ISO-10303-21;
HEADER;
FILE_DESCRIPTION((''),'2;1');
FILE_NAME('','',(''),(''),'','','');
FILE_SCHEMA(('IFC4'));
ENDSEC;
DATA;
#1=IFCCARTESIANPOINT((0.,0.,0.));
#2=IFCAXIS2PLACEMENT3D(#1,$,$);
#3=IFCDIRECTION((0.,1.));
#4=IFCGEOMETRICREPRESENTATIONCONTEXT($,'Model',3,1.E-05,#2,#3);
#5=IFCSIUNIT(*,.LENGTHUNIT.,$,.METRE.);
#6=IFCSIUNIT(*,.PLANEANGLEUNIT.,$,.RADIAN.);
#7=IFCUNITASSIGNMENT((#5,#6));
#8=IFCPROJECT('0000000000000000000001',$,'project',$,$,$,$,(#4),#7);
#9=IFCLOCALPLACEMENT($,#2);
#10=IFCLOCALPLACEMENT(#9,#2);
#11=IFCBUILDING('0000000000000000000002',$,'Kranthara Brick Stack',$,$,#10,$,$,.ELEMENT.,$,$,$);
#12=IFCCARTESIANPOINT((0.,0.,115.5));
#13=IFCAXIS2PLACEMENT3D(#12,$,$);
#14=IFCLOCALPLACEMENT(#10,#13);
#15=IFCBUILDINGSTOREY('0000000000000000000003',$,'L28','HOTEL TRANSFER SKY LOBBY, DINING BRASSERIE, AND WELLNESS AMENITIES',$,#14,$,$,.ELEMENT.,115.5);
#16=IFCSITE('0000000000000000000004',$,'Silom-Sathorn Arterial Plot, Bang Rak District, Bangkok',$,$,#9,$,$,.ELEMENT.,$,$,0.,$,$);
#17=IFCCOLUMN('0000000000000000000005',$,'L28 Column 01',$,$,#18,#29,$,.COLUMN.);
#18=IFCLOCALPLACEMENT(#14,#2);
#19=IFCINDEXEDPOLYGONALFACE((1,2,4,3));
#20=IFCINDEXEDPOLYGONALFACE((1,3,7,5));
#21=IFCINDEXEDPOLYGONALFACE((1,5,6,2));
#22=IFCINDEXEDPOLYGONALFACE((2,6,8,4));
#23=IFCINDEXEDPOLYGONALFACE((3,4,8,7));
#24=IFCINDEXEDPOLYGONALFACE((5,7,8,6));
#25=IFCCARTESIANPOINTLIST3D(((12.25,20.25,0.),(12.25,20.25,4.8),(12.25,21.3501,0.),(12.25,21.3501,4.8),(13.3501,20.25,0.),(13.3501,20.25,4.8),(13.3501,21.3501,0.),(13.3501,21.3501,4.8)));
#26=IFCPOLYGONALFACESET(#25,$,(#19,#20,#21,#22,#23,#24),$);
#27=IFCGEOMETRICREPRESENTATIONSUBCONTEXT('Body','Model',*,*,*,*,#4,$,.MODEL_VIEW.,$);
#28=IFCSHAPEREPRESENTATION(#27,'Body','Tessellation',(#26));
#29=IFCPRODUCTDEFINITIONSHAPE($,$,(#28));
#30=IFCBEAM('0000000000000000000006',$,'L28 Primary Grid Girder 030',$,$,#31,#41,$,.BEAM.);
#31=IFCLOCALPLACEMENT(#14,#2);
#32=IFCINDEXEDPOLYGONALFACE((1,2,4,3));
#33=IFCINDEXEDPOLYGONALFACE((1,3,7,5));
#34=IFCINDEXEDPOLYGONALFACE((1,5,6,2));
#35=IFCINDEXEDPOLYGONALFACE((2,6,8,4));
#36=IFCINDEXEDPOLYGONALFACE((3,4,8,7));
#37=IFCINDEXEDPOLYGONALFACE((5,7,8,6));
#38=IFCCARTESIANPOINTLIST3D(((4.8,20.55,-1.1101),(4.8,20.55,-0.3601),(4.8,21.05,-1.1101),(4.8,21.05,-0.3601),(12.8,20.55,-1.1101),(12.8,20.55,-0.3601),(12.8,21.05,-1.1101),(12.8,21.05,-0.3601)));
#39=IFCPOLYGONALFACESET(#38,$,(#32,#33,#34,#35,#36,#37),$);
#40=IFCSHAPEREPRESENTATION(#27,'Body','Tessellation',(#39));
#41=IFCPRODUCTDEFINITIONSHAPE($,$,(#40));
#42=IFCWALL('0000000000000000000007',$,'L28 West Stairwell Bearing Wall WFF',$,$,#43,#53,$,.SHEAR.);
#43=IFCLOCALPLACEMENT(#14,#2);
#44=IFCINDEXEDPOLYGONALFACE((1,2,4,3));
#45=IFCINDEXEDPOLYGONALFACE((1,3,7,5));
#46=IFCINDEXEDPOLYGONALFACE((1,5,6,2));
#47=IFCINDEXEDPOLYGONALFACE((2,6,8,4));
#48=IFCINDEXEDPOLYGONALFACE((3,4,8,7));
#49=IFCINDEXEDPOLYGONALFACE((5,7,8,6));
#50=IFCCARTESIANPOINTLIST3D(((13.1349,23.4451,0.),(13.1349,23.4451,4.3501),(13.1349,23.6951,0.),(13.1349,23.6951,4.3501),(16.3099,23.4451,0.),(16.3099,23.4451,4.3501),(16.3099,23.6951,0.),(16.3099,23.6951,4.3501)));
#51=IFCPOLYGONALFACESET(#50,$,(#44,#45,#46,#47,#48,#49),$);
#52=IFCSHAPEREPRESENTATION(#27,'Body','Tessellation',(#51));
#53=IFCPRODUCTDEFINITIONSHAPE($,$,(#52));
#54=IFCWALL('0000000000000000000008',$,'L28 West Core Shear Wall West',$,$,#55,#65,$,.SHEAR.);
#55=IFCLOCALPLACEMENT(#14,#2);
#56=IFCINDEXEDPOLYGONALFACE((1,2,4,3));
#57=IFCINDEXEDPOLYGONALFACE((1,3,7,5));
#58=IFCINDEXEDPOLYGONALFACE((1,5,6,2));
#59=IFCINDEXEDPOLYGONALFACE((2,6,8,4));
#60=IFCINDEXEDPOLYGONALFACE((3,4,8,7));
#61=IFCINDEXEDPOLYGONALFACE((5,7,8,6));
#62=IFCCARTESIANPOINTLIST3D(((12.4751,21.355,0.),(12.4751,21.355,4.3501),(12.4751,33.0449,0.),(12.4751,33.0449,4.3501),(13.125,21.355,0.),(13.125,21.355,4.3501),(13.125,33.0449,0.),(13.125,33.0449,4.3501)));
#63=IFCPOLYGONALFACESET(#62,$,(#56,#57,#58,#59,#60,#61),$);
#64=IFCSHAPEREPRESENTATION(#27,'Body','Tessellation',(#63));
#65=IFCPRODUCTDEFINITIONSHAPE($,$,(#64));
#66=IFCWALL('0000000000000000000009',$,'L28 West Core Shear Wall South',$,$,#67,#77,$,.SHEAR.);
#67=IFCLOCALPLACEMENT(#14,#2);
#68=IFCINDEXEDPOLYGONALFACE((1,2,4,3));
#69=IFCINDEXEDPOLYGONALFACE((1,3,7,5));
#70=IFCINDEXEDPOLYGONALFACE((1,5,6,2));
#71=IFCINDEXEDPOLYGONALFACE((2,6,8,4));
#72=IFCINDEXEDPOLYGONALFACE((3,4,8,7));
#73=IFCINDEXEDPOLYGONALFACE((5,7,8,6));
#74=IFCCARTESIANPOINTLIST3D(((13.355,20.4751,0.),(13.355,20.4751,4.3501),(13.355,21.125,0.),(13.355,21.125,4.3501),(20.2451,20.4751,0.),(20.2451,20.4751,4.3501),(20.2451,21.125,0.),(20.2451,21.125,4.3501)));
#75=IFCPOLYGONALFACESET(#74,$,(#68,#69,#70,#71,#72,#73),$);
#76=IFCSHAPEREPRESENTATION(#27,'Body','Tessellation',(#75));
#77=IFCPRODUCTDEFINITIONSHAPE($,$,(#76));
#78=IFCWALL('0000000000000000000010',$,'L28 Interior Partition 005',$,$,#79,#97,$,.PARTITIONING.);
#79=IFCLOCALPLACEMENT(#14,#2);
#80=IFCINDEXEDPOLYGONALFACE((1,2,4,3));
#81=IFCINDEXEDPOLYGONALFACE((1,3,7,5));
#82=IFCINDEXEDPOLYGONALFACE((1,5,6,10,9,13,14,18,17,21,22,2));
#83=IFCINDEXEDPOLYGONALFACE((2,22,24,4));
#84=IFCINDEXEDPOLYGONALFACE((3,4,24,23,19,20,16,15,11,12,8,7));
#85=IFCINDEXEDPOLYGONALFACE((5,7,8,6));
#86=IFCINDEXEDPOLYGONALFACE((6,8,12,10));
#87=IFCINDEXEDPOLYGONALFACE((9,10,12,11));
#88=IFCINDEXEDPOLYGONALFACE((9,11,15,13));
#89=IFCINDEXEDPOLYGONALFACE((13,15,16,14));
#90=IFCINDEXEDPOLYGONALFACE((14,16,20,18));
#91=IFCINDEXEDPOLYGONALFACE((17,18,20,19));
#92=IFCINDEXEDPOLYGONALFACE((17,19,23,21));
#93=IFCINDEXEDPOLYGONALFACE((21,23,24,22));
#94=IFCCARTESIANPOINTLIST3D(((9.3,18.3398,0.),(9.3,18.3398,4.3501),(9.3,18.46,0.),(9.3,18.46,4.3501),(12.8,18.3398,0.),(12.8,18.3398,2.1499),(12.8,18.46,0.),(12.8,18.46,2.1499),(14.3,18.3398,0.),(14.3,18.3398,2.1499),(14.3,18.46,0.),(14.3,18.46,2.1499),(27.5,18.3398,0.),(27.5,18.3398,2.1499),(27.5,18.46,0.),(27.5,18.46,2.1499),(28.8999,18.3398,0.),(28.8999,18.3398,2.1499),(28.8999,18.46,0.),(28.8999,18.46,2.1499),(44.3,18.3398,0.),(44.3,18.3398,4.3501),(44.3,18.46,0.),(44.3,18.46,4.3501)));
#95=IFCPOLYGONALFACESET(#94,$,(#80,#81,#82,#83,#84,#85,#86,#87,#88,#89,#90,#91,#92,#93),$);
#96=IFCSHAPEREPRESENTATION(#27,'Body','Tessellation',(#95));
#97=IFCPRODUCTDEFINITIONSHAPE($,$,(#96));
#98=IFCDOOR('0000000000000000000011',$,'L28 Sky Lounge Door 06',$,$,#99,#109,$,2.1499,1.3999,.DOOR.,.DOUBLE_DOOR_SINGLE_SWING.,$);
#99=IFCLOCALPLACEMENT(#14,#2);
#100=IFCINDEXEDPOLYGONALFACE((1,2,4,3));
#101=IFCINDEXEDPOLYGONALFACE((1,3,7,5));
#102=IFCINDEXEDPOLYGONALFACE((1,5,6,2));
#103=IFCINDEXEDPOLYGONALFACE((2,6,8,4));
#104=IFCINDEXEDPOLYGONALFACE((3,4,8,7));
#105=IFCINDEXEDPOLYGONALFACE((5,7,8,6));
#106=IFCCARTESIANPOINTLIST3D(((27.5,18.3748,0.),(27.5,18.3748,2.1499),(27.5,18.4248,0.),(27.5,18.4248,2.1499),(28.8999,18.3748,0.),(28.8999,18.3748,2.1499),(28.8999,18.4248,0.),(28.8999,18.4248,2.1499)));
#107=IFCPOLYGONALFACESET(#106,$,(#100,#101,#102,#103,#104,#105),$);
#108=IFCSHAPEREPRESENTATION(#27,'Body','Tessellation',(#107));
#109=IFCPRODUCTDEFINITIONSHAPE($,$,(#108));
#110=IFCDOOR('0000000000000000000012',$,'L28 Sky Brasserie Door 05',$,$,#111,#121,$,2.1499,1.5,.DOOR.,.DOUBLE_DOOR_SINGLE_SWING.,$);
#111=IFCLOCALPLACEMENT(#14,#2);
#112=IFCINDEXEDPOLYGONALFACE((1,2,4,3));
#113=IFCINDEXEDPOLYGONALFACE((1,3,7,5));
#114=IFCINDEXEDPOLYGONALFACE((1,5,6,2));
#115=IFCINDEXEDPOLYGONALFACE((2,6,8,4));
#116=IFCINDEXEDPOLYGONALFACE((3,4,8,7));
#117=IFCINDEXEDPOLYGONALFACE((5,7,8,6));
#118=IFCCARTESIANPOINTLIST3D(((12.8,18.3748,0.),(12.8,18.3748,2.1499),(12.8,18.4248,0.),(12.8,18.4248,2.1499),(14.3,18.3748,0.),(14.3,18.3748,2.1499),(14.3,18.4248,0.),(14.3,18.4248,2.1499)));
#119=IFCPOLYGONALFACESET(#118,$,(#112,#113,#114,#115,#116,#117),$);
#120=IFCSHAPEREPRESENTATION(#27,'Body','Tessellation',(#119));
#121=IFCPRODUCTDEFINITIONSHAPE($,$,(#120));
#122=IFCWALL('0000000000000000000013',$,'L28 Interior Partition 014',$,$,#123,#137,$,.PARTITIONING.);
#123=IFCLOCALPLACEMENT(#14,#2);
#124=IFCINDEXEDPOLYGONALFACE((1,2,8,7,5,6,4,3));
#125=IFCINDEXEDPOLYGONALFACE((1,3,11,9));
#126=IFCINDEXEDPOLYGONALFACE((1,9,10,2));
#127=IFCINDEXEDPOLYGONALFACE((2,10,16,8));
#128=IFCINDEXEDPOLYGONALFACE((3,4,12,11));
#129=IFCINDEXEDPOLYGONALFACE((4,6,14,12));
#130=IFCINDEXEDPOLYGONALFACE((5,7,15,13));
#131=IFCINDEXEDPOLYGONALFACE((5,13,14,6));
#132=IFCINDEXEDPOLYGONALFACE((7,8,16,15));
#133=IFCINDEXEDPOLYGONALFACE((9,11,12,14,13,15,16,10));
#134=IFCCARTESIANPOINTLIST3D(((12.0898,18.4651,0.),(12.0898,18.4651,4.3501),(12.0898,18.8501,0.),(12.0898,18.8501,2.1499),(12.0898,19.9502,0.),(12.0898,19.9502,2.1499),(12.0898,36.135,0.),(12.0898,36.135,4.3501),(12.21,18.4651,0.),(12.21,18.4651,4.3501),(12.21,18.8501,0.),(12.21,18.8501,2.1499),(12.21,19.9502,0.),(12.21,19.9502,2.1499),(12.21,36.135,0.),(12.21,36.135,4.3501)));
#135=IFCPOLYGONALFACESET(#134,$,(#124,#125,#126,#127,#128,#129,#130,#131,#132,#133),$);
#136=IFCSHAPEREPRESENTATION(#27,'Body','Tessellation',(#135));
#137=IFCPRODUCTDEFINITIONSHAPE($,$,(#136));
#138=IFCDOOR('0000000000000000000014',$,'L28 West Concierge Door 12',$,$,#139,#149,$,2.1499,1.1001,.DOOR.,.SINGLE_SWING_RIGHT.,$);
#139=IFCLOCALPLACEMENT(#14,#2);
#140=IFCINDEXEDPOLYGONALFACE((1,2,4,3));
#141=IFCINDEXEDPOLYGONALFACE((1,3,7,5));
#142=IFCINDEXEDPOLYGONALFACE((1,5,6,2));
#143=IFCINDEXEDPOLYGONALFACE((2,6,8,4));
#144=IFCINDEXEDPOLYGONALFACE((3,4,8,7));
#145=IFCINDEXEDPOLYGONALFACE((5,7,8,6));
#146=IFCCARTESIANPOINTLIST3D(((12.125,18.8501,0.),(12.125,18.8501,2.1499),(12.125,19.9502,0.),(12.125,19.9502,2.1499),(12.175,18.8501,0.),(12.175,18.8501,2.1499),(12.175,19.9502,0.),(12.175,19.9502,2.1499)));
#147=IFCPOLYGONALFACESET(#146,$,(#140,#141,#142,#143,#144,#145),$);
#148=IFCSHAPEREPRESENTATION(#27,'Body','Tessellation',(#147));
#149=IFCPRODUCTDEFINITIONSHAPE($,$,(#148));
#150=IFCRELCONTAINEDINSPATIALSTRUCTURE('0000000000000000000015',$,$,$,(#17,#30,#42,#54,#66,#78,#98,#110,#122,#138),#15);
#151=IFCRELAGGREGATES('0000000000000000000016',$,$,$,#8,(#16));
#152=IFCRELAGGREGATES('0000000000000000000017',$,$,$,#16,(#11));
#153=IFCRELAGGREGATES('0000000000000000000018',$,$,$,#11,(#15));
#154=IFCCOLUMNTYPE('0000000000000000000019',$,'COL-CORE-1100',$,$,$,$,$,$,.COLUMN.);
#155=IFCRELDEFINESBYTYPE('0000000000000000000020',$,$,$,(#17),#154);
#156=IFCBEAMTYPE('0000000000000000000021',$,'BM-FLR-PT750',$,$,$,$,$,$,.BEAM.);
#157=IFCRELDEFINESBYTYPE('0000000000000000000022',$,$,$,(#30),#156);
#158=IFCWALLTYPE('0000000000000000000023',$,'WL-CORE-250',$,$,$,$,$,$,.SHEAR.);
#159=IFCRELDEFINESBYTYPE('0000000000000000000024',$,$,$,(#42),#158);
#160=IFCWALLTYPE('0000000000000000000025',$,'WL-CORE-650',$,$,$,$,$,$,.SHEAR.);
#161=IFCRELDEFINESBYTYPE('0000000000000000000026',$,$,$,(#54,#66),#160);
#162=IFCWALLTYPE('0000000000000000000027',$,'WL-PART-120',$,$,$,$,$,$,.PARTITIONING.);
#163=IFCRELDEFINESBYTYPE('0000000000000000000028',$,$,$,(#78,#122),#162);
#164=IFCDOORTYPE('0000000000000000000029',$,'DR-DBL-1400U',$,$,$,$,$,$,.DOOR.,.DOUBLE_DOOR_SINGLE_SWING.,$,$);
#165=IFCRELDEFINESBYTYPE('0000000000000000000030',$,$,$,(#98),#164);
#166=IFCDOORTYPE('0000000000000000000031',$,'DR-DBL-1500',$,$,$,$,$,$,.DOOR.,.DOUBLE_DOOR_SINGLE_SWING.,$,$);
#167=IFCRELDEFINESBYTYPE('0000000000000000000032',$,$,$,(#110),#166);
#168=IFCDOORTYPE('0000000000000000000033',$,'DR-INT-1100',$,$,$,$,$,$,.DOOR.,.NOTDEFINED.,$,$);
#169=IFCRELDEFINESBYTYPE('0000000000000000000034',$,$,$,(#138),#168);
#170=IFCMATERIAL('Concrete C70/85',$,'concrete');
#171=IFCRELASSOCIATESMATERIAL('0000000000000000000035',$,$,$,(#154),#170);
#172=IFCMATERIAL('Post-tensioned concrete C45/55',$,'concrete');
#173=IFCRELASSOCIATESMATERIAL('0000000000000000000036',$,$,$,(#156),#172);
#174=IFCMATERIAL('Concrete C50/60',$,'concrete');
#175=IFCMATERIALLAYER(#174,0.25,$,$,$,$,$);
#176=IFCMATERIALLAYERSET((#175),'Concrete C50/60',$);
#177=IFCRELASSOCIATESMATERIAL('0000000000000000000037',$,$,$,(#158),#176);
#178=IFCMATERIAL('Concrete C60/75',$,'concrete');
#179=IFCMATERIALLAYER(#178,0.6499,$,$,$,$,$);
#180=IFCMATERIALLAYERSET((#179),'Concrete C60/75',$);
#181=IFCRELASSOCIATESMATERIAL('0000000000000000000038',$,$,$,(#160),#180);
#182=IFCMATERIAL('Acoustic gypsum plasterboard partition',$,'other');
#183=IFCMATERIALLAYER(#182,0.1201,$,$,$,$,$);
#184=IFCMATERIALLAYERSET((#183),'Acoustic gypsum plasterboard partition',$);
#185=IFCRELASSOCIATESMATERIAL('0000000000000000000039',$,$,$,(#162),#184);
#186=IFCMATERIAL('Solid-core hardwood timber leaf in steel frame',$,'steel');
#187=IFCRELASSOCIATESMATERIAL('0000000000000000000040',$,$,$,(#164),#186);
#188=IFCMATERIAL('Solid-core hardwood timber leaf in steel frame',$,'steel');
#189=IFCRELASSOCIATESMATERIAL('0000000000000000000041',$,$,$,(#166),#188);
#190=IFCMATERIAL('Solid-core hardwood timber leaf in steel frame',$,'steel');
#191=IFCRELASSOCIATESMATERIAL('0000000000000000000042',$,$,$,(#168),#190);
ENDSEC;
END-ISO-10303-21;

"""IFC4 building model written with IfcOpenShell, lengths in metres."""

from ifc_helpers import new_model, si_unit, direction, frame, frame_2d, origin, origin_2d, place, context, subcontext, project, spatial, rectangle, extrude, material, layer, layer_set, material_profile, profile_set, type_object, element, fill, save


model = new_model("IFC4")

# Units and contexts
model_context = context("Model", 3, precision=1e-05, world=origin(), true_north=direction((0.0, 1.0)))
body_context = subcontext(model_context, "Body", "Model", "MODEL_VIEW")
ifc_project = project(units=[si_unit("LENGTHUNIT", "METRE"), si_unit("PLANEANGLEUNIT", "RADIAN")], contexts=[model_context])

# Site, building, storey
site_placement = place(None, origin())
site = spatial("IfcSite", under=ifc_project, at=site_placement, Name="Silom-Sathorn Arterial Plot, Bang Rak District, Bangkok", CompositionType="ELEMENT", RefElevation=0.0)
building_placement = place(site_placement, origin())
building = spatial("IfcBuilding", under=site, at=building_placement, Name="Kranthara Brick Stack", CompositionType="ELEMENT")
storey_placement = place(building_placement, frame((0.0, 0.0, 115.5)))
storey = spatial("IfcBuildingStorey", under=building, at=storey_placement, Name="L28", Description="HOTEL TRANSFER SKY LOBBY, DINING BRASSERIE, AND WELLNESS AMENITIES", CompositionType="ELEMENT", Elevation=115.5)

# Column
ifc_material_1 = material(Name="Concrete C70/85", Category="concrete")
ifc_material_profile_1 = material_profile(ifc_material_1, rectangle(XDim=1.1001, YDim=1.1001, at=origin_2d()), Name="RC 1100x1100")
ifc_profile_set_1 = profile_set([ifc_material_profile_1], Name="Concrete C70/85")
column_type = type_object("IfcColumnType", Name="COL-CORE-1100", PredefinedType="COLUMN", material=ifc_profile_set_1)
column_placement = place(storey_placement, frame((12.8, 20.8, 0.0), z_axis=(0.0, 0.0, 1.0), x_axis=(1.0, 0.0, 0.0)))
element("IfcColumn", 1, at=column_placement, inside=storey, type_object=column_type, Name="L28 Column 01", PredefinedType="COLUMN", context=body_context, shape_type="SweptSolid", body=[
    extrude(rectangle(XDim=1.1001, YDim=1.1001, at=origin_2d()), origin(), (0.0, 0.0, 1.0), 4.8),
])

# Beam
ifc_material_2 = material(Name="Post-tensioned concrete C45/55", Category="concrete")
ifc_material_profile_2 = material_profile(ifc_material_2, rectangle(XDim=0.5, YDim=0.75, at=origin_2d()), Name="PT 500x750")
ifc_profile_set_2 = profile_set([ifc_material_profile_2], Name="Post-tensioned concrete C45/55")
beam_type = type_object("IfcBeamType", Name="BM-FLR-PT750", PredefinedType="BEAM", material=ifc_profile_set_2)
beam_placement = place(storey_placement, frame((4.8, 20.8, -0.7351), z_axis=(1.0, 0.0, 0.0), x_axis=(0.0, 1.0, 0.0)))
element("IfcBeam", 2, at=beam_placement, inside=storey, type_object=beam_type, Name="L28 Primary Grid Girder 030", PredefinedType="BEAM", context=body_context, shape_type="SweptSolid", body=[
    extrude(rectangle(XDim=0.5, YDim=0.75, at=origin_2d()), origin(), (0.0, 0.0, 1.0), 8.0),
])

# Walls
ifc_material_3 = material(Name="Concrete C50/60", Category="concrete")
ifc_layer_1 = layer(ifc_material_3, 0.25)
ifc_layer_set_1 = layer_set([ifc_layer_1], Name="Concrete C50/60")
wall_type_1 = type_object("IfcWallType", Name="WL-CORE-250", PredefinedType="SHEAR", material=ifc_layer_set_1)
wall_1_placement = place(storey_placement, frame((13.135, 23.5701, 0.0), z_axis=(0.0, 0.0, 1.0), x_axis=(1.0, 0.0, 0.0)))
element("IfcWall", 3, at=wall_1_placement, inside=storey, type_object=wall_type_1, Name="L28 West Stairwell Bearing Wall WFF", PredefinedType="SHEAR", context=body_context, shape_type="SweptSolid", body=[
    extrude(rectangle(XDim=3.175, YDim=0.25, at=frame_2d((1.5874, 0.0))), origin(), (0.0, 0.0, 1.0), 4.3501),
])
ifc_material_4 = material(Name="Concrete C60/75", Category="concrete")
ifc_layer_2 = layer(ifc_material_4, 0.6499)
ifc_layer_set_2 = layer_set([ifc_layer_2], Name="Concrete C60/75")
wall_type_2 = type_object("IfcWallType", Name="WL-CORE-650", PredefinedType="SHEAR", material=ifc_layer_set_2)
wall_2_placement = place(storey_placement, frame((12.8, 21.355, 0.0), z_axis=(0.0, 0.0, 1.0), x_axis=(0.0, 1.0, 0.0)))
element("IfcWall", 4, at=wall_2_placement, inside=storey, type_object=wall_type_2, Name="L28 West Core Shear Wall West", PredefinedType="SHEAR", context=body_context, shape_type="SweptSolid", body=[
    extrude(rectangle(XDim=11.6899, YDim=0.6499, at=frame_2d((5.845, 0.0))), origin(), (0.0, 0.0, 1.0), 4.3501),
])
wall_3_placement = place(storey_placement, frame((13.355, 20.8, 0.0), z_axis=(0.0, 0.0, 1.0), x_axis=(1.0, 0.0, 0.0)))
element("IfcWall", 5, at=wall_3_placement, inside=storey, type_object=wall_type_2, Name="L28 West Core Shear Wall South", PredefinedType="SHEAR", context=body_context, shape_type="SweptSolid", body=[
    extrude(rectangle(XDim=6.8901, YDim=0.6499, at=frame_2d((3.4451, 0.0))), origin(), (0.0, 0.0, 1.0), 4.3501),
])

# Wall, openings, doors
ifc_material_5 = material(Name="Acoustic gypsum plasterboard partition", Category="other")
ifc_layer_3 = layer(ifc_material_5, 0.1201)
ifc_layer_set_3 = layer_set([ifc_layer_3], Name="Acoustic gypsum plasterboard partition")
wall_type_3 = type_object("IfcWallType", Name="WL-PART-120", PredefinedType="PARTITIONING", material=ifc_layer_set_3)
wall_4_placement = place(storey_placement, frame((9.3, 18.3999, 0.0), z_axis=(0.0, 0.0, 1.0), x_axis=(1.0, 0.0, 0.0)))
wall_4 = element("IfcWall", 6, at=wall_4_placement, inside=storey, type_object=wall_type_3, Name="L28 Interior Partition 005", PredefinedType="PARTITIONING", context=body_context, shape_type="SweptSolid", body=[
    extrude(rectangle(XDim=35.0, YDim=0.1201, at=frame_2d((17.5, 0.0))), origin(), (0.0, 0.0, 1.0), 4.3501),
])
opening_1_placement = place(wall_4_placement, frame((3.5, 0.0, 0.0)))
opening_1 = element("IfcOpeningElement", 7, at=opening_1_placement, cuts=wall_4, PredefinedType="OPENING", context=body_context, shape_type="SweptSolid", body=[
    extrude(rectangle(XDim=1.5, YDim=2.1499, at=frame_2d((0.75, 1.075))), frame((0.0, 0.0701, 0.0), z_axis=(0.0, -1.0, 0.0), x_axis=(1.0, 0.0, 0.0)), (0.0, 0.0, 1.0), 0.1401),
])
opening_2_placement = place(wall_4_placement, frame((18.2, 0.0, 0.0)))
opening_2 = element("IfcOpeningElement", 8, at=opening_2_placement, cuts=wall_4, PredefinedType="OPENING", context=body_context, shape_type="SweptSolid", body=[
    extrude(rectangle(XDim=1.3999, YDim=2.1499, at=frame_2d((0.7, 1.075))), frame((0.0, 0.0701, 0.0), z_axis=(0.0, -1.0, 0.0), x_axis=(1.0, 0.0, 0.0)), (0.0, 0.0, 1.0), 0.1401),
])
ifc_material_6 = material(Name="Solid-core hardwood timber leaf in steel frame", Category="steel")
door_type_1 = type_object("IfcDoorType", Name="DR-DBL-1400U", OperationType="DOUBLE_DOOR_SINGLE_SWING", PredefinedType="DOOR", material=ifc_material_6)
door_1_placement = place(opening_2_placement, origin())
door_1 = element("IfcDoor", 9, at=door_1_placement, inside=storey, type_object=door_type_1, Name="L28 Sky Lounge Door 06", OperationType="DOUBLE_DOOR_SINGLE_SWING", OverallHeight=2.1499, OverallWidth=1.3999, PredefinedType="DOOR", context=body_context, shape_type="SweptSolid", body=[
    extrude(rectangle(XDim=1.3999, YDim=2.1499, at=frame_2d((0.7, 1.075))), frame((0.0, 0.0249, 0.0), z_axis=(0.0, -1.0, 0.0), x_axis=(1.0, 0.0, 0.0)), (0.0, 0.0, 1.0), 0.05),
])
fill(opening_2, door_1)
ifc_material_7 = material(Name="Solid-core hardwood timber leaf in steel frame", Category="steel")
door_type_2 = type_object("IfcDoorType", Name="DR-DBL-1500", OperationType="DOUBLE_DOOR_SINGLE_SWING", PredefinedType="DOOR", material=ifc_material_7)
door_2_placement = place(opening_1_placement, origin())
door_2 = element("IfcDoor", 10, at=door_2_placement, inside=storey, type_object=door_type_2, Name="L28 Sky Brasserie Door 05", OperationType="DOUBLE_DOOR_SINGLE_SWING", OverallHeight=2.1499, OverallWidth=1.5, PredefinedType="DOOR", context=body_context, shape_type="SweptSolid", body=[
    extrude(rectangle(XDim=1.5, YDim=2.1499, at=frame_2d((0.75, 1.075))), frame((0.0, 0.0249, 0.0), z_axis=(0.0, -1.0, 0.0), x_axis=(1.0, 0.0, 0.0)), (0.0, 0.0, 1.0), 0.05),
])
fill(opening_1, door_2)

# Wall, opening, door
wall_5_placement = place(storey_placement, frame((12.1499, 18.4651, 0.0), z_axis=(0.0, 0.0, 1.0), x_axis=(0.0, 1.0, 0.0)))
wall_5 = element("IfcWall", 11, at=wall_5_placement, inside=storey, type_object=wall_type_3, Name="L28 Interior Partition 014", PredefinedType="PARTITIONING", context=body_context, shape_type="SweptSolid", body=[
    extrude(rectangle(XDim=17.6699, YDim=0.1201, at=frame_2d((8.835, 0.0))), origin(), (0.0, 0.0, 1.0), 4.3501),
])
opening_3_placement = place(wall_5_placement, frame((0.385, 0.0, 0.0)))
opening_3 = element("IfcOpeningElement", 12, at=opening_3_placement, cuts=wall_5, PredefinedType="OPENING", context=body_context, shape_type="SweptSolid", body=[
    extrude(rectangle(XDim=1.1001, YDim=2.1499, at=frame_2d((0.55, 1.075))), frame((0.0, 0.0701, 0.0), z_axis=(0.0, -1.0, 0.0), x_axis=(1.0, 0.0, 0.0)), (0.0, 0.0, 1.0), 0.1401),
])
ifc_material_8 = material(Name="Solid-core hardwood timber leaf in steel frame", Category="steel")
door_type_3 = type_object("IfcDoorType", Name="DR-INT-1100", OperationType="NOTDEFINED", PredefinedType="DOOR", material=ifc_material_8)
door_3_placement = place(opening_3_placement, origin())
door_3 = element("IfcDoor", 13, at=door_3_placement, inside=storey, type_object=door_type_3, Name="L28 West Concierge Door 12", OperationType="SINGLE_SWING_RIGHT", OverallHeight=2.1499, OverallWidth=1.1001, PredefinedType="DOOR", context=body_context, shape_type="SweptSolid", body=[
    extrude(rectangle(XDim=1.1001, YDim=2.1499, at=frame_2d((0.55, 1.075))), frame((0.0, 0.0249, 0.0), z_axis=(0.0, -1.0, 0.0), x_axis=(1.0, 0.0, 0.0)), (0.0, 0.0, 1.0), 0.05),
])
fill(opening_3, door_3)

save(model, "model.ifc")
